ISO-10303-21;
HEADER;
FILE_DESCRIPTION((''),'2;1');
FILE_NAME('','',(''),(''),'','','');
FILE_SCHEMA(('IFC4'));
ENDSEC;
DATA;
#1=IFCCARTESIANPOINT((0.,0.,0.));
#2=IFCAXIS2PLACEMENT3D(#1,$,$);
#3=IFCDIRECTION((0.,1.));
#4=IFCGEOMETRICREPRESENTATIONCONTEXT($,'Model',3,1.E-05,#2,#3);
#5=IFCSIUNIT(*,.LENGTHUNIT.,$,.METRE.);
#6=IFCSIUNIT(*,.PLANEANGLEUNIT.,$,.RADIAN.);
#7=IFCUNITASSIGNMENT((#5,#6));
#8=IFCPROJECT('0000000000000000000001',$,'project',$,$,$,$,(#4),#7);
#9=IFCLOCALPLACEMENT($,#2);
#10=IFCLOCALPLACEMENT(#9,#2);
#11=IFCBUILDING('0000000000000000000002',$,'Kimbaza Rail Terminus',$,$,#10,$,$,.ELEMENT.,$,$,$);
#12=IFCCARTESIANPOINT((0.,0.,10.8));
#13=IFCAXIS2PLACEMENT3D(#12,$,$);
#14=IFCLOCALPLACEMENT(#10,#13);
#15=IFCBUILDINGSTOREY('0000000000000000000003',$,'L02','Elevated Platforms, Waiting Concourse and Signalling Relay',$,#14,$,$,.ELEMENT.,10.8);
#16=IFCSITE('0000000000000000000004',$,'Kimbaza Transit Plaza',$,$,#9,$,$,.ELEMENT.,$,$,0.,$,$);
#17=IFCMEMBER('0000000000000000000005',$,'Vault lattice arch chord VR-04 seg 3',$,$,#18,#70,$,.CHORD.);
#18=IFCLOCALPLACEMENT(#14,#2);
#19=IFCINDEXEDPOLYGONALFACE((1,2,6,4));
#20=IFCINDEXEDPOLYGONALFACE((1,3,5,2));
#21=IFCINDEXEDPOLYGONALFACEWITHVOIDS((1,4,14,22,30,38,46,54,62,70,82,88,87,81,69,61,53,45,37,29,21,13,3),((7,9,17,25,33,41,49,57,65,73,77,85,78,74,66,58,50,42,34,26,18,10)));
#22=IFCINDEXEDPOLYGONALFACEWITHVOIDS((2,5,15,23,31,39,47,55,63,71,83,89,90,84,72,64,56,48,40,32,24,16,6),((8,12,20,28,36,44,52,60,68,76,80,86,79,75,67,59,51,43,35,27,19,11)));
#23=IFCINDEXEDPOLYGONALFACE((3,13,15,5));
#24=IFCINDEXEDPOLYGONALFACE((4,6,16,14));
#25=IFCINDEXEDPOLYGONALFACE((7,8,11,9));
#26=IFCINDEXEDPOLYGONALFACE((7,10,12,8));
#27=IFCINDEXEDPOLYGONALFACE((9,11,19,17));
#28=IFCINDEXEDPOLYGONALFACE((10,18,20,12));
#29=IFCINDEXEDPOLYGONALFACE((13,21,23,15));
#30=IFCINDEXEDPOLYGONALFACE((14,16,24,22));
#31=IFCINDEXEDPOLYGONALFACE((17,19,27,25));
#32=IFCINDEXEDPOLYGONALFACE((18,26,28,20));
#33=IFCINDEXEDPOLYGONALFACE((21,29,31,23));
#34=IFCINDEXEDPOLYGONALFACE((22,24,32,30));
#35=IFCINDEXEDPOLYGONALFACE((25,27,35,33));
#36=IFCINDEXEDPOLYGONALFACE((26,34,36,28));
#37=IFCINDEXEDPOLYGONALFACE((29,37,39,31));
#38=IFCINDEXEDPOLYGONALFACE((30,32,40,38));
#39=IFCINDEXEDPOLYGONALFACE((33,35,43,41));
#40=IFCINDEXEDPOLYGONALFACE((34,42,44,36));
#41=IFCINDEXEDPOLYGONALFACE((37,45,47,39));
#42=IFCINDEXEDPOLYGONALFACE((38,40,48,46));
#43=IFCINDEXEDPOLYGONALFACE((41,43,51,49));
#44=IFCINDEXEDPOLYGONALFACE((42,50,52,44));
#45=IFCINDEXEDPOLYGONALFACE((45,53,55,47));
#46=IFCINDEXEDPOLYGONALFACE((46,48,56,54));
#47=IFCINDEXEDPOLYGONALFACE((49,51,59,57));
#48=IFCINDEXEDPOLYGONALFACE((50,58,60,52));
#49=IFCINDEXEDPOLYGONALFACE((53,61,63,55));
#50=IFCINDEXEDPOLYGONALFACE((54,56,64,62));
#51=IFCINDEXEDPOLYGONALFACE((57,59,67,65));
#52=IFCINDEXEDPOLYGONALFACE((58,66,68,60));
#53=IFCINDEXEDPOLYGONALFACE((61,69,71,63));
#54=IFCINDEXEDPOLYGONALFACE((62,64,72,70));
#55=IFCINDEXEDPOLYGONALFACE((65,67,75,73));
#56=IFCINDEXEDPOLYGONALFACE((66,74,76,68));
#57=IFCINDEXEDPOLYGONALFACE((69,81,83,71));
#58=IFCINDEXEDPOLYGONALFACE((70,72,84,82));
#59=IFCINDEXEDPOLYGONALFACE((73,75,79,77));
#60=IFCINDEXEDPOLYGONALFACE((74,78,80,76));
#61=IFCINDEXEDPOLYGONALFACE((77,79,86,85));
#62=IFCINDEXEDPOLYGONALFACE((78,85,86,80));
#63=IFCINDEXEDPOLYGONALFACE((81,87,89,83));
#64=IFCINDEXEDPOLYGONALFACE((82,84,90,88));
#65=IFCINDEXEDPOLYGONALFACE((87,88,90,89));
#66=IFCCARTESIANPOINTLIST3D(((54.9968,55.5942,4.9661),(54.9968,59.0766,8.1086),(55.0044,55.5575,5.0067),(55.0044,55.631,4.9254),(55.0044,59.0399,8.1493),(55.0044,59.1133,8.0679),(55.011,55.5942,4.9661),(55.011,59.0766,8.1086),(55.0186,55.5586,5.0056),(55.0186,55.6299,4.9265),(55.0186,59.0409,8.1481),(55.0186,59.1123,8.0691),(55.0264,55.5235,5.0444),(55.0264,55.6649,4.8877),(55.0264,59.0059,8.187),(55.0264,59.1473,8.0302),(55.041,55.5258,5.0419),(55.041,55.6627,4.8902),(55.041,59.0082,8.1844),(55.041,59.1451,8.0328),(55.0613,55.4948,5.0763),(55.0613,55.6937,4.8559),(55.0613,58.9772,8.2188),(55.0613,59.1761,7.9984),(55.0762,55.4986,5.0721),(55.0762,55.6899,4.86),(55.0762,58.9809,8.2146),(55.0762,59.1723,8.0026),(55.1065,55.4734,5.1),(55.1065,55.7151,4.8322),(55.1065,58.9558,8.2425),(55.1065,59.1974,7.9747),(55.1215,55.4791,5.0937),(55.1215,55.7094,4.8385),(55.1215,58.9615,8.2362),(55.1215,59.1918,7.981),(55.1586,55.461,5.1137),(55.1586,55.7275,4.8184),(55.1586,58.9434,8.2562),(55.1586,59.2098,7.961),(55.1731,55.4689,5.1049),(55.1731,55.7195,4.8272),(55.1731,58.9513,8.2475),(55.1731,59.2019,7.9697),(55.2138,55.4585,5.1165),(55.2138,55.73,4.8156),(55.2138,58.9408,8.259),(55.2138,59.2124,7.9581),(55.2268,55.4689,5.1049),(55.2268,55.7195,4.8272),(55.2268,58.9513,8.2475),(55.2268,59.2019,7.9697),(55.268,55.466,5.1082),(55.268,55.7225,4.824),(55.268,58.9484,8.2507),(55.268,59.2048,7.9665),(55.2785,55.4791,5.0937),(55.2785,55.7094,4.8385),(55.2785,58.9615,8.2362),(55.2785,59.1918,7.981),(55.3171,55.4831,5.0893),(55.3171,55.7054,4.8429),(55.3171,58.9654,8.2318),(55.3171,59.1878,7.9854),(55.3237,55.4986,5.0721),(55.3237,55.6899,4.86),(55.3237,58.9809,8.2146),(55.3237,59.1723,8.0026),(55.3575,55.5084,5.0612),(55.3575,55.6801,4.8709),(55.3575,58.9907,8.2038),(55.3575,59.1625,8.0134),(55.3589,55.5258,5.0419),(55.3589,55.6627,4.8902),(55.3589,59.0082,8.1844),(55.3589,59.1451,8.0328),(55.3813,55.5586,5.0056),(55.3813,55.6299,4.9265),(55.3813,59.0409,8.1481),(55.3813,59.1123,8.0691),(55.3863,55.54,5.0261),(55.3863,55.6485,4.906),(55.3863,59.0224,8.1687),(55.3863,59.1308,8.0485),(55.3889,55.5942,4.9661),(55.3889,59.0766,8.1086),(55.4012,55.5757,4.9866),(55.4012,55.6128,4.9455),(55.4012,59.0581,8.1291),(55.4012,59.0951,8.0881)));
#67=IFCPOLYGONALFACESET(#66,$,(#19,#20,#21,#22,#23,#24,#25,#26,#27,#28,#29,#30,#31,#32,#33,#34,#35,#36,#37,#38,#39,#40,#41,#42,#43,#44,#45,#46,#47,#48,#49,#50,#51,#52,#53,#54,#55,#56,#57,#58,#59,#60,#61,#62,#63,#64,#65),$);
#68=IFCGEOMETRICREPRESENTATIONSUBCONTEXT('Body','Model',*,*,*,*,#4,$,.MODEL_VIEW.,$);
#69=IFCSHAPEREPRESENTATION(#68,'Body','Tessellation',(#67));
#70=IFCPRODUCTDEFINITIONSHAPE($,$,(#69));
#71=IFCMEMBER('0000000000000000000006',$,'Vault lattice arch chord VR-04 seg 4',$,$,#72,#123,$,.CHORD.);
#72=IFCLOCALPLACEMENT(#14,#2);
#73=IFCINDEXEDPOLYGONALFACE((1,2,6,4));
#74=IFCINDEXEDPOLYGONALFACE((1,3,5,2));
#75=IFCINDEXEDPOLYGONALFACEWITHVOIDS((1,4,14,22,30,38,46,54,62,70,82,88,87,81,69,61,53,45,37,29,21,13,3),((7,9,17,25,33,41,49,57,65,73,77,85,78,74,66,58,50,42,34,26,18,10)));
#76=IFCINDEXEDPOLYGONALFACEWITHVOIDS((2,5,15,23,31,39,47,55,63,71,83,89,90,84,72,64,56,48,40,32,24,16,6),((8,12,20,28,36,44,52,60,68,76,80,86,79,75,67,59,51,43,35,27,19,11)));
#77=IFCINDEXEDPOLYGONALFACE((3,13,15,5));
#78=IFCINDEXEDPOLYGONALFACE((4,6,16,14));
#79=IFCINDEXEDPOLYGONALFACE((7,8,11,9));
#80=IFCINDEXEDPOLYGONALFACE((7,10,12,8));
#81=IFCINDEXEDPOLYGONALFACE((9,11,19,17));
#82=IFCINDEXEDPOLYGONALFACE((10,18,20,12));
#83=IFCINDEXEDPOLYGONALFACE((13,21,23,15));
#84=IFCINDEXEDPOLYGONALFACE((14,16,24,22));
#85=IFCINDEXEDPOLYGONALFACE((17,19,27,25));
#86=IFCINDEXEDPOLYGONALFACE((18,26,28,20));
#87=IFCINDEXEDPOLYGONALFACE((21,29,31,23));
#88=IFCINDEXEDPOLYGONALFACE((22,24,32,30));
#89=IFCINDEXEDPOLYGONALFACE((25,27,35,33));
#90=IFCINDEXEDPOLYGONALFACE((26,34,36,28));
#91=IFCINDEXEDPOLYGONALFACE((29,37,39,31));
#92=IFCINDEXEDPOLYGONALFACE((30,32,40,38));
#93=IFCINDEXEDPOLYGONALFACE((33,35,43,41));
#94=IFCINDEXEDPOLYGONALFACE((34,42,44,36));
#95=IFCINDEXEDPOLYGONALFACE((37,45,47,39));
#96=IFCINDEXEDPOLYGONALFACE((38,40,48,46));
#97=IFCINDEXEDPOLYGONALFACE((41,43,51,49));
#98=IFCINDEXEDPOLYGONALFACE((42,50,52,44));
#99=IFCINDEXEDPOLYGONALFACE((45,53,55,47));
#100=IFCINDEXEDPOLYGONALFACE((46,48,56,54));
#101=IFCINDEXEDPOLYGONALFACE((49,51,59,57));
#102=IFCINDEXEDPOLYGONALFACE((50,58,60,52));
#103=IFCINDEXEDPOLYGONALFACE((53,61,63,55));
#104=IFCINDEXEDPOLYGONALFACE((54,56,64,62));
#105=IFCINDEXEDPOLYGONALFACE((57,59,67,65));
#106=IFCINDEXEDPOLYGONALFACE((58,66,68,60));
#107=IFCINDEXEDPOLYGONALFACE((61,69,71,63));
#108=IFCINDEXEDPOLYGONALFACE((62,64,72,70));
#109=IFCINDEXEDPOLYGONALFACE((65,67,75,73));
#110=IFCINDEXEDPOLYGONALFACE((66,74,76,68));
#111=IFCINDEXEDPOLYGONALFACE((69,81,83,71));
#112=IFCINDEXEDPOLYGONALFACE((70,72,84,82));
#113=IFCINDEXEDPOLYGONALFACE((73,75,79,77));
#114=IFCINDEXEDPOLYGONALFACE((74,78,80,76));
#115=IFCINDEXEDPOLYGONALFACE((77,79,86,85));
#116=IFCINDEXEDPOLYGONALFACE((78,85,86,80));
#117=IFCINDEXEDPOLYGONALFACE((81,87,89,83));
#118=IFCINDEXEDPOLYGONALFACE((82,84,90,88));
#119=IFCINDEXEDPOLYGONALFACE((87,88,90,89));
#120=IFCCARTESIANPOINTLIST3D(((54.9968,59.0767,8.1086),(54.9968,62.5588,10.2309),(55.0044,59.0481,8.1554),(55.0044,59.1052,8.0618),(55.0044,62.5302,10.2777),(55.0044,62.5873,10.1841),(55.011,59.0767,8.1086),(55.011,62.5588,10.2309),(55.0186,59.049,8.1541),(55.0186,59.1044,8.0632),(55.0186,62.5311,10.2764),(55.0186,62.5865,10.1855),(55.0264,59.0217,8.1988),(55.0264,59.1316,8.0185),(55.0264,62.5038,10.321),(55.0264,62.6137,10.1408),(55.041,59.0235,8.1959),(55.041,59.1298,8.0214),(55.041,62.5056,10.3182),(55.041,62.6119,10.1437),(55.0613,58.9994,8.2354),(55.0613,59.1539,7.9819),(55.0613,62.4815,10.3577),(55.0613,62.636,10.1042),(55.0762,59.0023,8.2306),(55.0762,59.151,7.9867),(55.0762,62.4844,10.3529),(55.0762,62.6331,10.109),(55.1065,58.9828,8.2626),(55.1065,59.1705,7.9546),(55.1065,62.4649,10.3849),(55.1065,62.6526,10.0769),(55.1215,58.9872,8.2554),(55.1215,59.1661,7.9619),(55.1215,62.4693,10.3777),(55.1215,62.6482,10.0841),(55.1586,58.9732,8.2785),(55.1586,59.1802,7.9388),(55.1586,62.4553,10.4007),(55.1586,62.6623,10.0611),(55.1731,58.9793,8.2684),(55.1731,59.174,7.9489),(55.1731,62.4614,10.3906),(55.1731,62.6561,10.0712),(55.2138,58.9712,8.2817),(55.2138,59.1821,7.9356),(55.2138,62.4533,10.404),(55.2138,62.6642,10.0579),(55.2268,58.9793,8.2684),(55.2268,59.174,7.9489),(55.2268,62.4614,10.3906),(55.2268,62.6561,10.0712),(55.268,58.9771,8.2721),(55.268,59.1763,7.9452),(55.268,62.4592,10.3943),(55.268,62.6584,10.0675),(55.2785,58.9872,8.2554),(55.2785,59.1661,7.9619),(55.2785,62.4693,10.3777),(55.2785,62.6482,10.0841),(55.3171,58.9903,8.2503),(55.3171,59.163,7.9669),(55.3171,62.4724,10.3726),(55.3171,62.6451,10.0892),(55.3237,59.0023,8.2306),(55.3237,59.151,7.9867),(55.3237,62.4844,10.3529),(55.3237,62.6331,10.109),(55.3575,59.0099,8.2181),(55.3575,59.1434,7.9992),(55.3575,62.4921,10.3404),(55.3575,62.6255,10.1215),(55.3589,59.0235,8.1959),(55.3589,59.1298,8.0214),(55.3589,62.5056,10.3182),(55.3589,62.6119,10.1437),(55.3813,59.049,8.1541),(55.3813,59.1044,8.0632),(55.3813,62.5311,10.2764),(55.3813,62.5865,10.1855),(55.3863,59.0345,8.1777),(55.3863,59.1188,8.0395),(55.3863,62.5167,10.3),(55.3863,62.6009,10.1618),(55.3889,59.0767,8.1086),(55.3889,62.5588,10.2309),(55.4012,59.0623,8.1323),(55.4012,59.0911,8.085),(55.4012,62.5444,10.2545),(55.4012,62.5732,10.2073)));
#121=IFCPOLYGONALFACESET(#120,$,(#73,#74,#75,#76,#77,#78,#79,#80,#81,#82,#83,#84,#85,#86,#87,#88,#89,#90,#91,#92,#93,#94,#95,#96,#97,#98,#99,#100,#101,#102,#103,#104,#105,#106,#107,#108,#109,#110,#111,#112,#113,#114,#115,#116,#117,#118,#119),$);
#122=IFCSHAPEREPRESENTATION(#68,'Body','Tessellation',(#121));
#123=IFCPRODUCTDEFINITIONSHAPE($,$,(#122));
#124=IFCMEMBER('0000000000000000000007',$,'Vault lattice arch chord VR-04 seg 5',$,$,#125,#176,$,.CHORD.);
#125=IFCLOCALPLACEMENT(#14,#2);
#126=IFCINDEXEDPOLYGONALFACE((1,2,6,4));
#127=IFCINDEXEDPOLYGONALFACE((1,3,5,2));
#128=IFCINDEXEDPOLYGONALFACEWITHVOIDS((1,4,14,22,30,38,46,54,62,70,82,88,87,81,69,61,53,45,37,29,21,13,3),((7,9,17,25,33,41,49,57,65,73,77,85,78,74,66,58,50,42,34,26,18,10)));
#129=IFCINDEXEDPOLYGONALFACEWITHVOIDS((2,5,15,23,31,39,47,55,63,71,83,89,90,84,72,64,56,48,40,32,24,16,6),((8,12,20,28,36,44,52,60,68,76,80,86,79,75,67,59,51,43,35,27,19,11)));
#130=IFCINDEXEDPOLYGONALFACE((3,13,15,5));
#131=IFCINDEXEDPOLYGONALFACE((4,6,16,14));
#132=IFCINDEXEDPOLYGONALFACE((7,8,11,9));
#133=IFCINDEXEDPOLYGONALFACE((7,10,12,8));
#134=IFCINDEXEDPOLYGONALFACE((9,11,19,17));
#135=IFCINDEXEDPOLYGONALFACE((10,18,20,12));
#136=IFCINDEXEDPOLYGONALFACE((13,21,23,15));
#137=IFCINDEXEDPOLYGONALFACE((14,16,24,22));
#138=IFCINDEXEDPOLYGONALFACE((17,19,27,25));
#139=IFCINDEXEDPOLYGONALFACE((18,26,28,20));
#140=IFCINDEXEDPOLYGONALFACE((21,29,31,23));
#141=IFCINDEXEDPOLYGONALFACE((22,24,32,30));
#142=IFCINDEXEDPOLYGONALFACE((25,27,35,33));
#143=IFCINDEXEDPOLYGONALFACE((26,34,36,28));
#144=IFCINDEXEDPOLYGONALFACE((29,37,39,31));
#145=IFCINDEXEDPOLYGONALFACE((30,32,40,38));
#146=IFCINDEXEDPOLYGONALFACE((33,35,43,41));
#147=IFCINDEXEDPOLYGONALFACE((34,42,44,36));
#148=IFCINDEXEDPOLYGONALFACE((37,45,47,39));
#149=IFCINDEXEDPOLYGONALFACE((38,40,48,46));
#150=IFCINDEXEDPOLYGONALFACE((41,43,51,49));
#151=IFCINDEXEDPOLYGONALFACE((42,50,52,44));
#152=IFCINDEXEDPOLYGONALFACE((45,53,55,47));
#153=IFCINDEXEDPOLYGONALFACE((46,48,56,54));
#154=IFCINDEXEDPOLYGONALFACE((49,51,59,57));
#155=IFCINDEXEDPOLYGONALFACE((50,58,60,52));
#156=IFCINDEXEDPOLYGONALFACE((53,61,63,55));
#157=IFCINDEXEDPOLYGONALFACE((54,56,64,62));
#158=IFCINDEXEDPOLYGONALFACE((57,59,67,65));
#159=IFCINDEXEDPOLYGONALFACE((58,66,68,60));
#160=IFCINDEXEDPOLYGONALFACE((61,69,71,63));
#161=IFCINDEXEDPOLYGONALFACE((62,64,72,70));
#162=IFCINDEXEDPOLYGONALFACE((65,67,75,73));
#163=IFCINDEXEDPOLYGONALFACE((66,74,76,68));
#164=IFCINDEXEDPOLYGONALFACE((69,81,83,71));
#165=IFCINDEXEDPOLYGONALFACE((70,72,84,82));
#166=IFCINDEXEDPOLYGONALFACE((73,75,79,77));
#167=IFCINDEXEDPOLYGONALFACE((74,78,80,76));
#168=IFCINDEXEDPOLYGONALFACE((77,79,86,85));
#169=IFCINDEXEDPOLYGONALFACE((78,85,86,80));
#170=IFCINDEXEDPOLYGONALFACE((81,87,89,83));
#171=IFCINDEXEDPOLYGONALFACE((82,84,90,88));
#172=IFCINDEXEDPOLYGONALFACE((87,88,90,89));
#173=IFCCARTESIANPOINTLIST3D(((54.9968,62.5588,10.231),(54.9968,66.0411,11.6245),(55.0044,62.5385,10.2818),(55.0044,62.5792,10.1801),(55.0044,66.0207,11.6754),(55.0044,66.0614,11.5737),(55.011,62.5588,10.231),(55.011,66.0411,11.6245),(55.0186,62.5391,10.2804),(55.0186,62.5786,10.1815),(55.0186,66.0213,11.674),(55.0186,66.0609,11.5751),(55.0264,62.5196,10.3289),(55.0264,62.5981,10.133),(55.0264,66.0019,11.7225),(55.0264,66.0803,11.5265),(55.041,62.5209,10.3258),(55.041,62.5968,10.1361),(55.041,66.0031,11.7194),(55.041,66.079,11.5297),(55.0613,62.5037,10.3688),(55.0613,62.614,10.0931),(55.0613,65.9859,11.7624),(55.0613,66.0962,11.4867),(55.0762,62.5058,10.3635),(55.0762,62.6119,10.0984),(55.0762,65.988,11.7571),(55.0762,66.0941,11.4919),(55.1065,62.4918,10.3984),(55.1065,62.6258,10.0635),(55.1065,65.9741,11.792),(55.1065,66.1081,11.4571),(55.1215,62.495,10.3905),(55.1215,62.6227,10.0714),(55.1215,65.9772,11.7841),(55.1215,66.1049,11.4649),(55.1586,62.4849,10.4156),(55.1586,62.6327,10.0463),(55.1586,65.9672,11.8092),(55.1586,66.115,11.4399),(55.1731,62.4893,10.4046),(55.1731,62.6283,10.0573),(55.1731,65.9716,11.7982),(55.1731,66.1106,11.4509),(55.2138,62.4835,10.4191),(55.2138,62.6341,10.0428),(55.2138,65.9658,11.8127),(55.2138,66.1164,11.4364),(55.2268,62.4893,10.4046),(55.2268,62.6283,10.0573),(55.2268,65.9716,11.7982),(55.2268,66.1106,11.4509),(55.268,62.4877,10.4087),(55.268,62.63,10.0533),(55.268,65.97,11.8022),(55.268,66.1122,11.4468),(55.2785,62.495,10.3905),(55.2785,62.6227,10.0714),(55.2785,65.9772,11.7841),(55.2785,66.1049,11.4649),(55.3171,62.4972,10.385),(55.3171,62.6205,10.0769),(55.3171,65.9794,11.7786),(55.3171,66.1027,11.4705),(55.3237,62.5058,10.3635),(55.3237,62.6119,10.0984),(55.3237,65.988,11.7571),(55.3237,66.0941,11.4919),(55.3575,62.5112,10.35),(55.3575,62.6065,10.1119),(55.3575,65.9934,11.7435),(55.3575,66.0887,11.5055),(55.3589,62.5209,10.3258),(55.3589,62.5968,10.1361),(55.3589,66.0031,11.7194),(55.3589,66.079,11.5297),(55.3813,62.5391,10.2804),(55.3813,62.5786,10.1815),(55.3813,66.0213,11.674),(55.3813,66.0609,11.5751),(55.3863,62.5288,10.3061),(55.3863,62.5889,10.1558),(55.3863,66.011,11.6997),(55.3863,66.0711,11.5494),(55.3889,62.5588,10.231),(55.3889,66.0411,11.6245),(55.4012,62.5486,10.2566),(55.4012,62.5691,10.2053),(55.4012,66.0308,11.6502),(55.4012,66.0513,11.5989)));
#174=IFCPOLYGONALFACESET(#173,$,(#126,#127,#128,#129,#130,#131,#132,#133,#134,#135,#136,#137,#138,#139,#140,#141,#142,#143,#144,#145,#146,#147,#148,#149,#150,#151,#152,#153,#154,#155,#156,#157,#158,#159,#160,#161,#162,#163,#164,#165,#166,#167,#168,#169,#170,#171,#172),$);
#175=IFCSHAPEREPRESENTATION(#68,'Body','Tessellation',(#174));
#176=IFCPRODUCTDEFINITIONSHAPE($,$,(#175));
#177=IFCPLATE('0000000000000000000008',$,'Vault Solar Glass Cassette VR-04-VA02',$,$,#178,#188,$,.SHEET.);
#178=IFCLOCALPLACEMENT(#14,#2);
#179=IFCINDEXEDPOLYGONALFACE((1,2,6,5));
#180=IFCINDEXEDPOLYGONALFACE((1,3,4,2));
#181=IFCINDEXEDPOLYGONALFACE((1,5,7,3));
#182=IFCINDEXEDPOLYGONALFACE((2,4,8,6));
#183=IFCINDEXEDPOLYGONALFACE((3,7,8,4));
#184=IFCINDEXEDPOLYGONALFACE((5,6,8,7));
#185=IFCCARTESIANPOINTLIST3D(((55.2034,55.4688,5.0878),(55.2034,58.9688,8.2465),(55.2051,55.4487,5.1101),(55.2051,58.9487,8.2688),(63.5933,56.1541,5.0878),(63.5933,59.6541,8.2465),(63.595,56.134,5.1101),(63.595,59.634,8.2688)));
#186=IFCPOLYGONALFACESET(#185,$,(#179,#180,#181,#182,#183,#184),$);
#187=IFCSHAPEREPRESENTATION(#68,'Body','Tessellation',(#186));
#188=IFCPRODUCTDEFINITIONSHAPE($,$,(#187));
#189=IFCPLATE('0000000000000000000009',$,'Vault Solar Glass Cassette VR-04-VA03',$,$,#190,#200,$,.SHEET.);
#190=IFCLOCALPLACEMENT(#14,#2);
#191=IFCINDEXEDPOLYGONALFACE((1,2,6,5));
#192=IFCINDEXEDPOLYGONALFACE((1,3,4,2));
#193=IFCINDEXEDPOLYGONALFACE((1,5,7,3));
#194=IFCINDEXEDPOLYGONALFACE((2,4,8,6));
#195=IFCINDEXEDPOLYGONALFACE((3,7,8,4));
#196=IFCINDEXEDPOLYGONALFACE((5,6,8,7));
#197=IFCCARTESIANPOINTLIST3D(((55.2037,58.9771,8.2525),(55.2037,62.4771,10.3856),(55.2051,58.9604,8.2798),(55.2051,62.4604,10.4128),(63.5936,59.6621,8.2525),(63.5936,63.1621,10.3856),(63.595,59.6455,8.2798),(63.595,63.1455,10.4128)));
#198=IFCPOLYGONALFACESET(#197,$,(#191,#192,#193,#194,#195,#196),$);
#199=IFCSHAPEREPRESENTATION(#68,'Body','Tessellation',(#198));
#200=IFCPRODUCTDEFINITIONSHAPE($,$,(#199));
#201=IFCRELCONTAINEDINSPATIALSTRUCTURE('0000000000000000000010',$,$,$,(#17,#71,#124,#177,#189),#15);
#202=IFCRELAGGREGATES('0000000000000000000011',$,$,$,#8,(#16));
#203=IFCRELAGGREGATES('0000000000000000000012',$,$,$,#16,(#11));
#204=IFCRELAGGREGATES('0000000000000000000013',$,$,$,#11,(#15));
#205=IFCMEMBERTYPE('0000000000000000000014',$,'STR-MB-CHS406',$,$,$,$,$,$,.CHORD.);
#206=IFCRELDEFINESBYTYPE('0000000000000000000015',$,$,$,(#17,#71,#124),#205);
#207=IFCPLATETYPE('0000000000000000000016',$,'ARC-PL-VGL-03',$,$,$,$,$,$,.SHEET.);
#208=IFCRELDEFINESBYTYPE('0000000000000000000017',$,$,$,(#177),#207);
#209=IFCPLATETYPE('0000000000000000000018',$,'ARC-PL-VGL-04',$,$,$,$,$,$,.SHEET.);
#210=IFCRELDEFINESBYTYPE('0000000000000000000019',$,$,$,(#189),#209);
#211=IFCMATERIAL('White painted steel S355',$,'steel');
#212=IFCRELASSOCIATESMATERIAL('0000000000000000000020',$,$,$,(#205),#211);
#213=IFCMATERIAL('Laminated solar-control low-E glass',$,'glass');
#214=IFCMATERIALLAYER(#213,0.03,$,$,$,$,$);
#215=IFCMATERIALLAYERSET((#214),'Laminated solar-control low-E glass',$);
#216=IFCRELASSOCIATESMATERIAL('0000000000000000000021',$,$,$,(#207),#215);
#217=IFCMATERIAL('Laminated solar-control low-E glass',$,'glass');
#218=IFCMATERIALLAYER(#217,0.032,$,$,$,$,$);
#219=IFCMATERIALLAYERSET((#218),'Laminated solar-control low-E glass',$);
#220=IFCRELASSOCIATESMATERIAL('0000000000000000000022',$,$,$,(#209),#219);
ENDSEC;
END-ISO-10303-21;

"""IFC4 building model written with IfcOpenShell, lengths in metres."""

from ifc_helpers import new_model, si_unit, direction, frame, origin, origin_2d, place, context, subcontext, project, spatial, polyline, hollow_circle, outline, extrude, material, layer, layer_set, material_profile, profile_set, type_object, element, save


model = new_model("IFC4")

# Units and contexts
model_context = context("Model", 3, precision=1e-05, world=origin(), true_north=direction((0.0, 1.0)))
body_context = subcontext(model_context, "Body", "Model", "MODEL_VIEW")
ifc_project = project(units=[si_unit("LENGTHUNIT", "METRE"), si_unit("PLANEANGLEUNIT", "RADIAN")], contexts=[model_context])

# Site, building, storey
site_placement = place(None, origin())
site = spatial("IfcSite", under=ifc_project, at=site_placement, Name="Kimbaza Transit Plaza", CompositionType="ELEMENT", RefElevation=0.0)
building_placement = place(site_placement, origin())
building = spatial("IfcBuilding", under=site, at=building_placement, Name="Kimbaza Rail Terminus", CompositionType="ELEMENT")
storey_placement = place(building_placement, frame((0.0, 0.0, 10.8)))
storey = spatial("IfcBuildingStorey", under=building, at=storey_placement, Name="L02", Description="Elevated Platforms, Waiting Concourse and Signalling Relay", CompositionType="ELEMENT", Elevation=10.8)

# Members
ifc_material_1 = material(Name="White painted steel S355", Category="steel")
ifc_material_profile_1 = material_profile(ifc_material_1, hollow_circle(Radius=0.2031, WallThickness=0.0142, at=origin_2d()), Name="CHS 406.4x14.2")
ifc_profile_set_1 = profile_set([ifc_material_profile_1], Name="White painted steel S355")
member_type_1 = type_object("IfcMemberType", Name="STR-MB-CHS406", PredefinedType="CHORD", material=ifc_profile_set_1)
member_1_placement = place(storey_placement, frame((55.2, 55.5942, 4.9661), z_axis=(0.0, 0.742403, 0.669953), x_axis=(-1.0, 0.0, 0.0)))
element("IfcMember", 1, at=member_1_placement, inside=storey, type_object=member_type_1, Name="Vault lattice arch chord VR-04 seg 3", PredefinedType="CHORD", context=body_context, shape_type="SweptSolid", body=[
    extrude(hollow_circle(Radius=0.2031, WallThickness=0.0142, at=origin_2d()), origin(), (0.0, 0.0, 1.0), 4.6907),
])
member_2_placement = place(storey_placement, frame((55.2, 59.0767, 8.1086), z_axis=(0.0, 0.853901, 0.520435), x_axis=(-1.0, 0.0, 0.0)))
element("IfcMember", 2, at=member_2_placement, inside=storey, type_object=member_type_1, Name="Vault lattice arch chord VR-04 seg 4", PredefinedType="CHORD", context=body_context, shape_type="SweptSolid", body=[
    extrude(hollow_circle(Radius=0.2031, WallThickness=0.0142, at=origin_2d()), origin(), (0.0, 0.0, 1.0), 4.0779),
])
member_3_placement = place(storey_placement, frame((55.2, 62.5588, 10.231), z_axis=(0.0, 0.928414, 0.371548), x_axis=(-1.0, 0.0, 0.0)))
element("IfcMember", 3, at=member_3_placement, inside=storey, type_object=member_type_1, Name="Vault lattice arch chord VR-04 seg 5", PredefinedType="CHORD", context=body_context, shape_type="SweptSolid", body=[
    extrude(hollow_circle(Radius=0.2031, WallThickness=0.0142, at=origin_2d()), origin(), (0.0, 0.0, 1.0), 3.7507),
])

# Plates
ifc_material_2 = material(Name="Laminated solar-control low-E glass", Category="glass")
ifc_layer_1 = layer(ifc_material_2, 0.03)
ifc_layer_set_1 = layer_set([ifc_layer_1], Name="Laminated solar-control low-E glass")
plate_type_1 = type_object("IfcPlateType", Name="ARC-PL-VGL-03", PredefinedType="SHEET", material=ifc_layer_set_1)
plate_1_placement = place(storey_placement, frame((55.2051, 55.4487, 5.1101), z_axis=(0.054644, -0.668982, 0.741268), x_axis=(0.996681, 0.081411, 0.0)))
element("IfcPlate", 4, at=plate_1_placement, inside=storey, type_object=plate_type_1, Name="Vault Solar Glass Cassette VR-04-VA02", PredefinedType="SHEET", context=body_context, shape_type="SweptSolid", body=[
    extrude(outline(polyline([(0.0, 0.0), (8.4178, 0.0), (8.7028, 4.706), (0.2849, 4.706), (0.0, 0.0)])), origin(), (0.0, 0.0, -1.0), 0.03),
])
ifc_material_3 = material(Name="Laminated solar-control low-E glass", Category="glass")
ifc_layer_2 = layer(ifc_material_3, 0.032)
ifc_layer_set_2 = layer_set([ifc_layer_2], Name="Laminated solar-control low-E glass")
plate_type_2 = type_object("IfcPlateType", Name="ARC-PL-VGL-04", PredefinedType="SHEET", material=ifc_layer_set_2)
plate_2_placement = place(storey_placement, frame((55.2051, 58.9604, 8.2798), z_axis=(0.042455, -0.519944, 0.853144), x_axis=(0.996683, 0.081382, 0.0)))
element("IfcPlate", 5, at=plate_2_placement, inside=storey, type_object=plate_type_2, Name="Vault Solar Glass Cassette VR-04-VA03", PredefinedType="SHEET", context=body_context, shape_type="SweptSolid", body=[
    extrude(outline(polyline([(0.0, 0.0), (8.4178, 0.0), (8.7027, 4.0889), (0.2848, 4.0889), (0.0, 0.0)])), origin(), (0.0, 0.0, -1.0), 0.032),
])

save(model, "model.ifc")
